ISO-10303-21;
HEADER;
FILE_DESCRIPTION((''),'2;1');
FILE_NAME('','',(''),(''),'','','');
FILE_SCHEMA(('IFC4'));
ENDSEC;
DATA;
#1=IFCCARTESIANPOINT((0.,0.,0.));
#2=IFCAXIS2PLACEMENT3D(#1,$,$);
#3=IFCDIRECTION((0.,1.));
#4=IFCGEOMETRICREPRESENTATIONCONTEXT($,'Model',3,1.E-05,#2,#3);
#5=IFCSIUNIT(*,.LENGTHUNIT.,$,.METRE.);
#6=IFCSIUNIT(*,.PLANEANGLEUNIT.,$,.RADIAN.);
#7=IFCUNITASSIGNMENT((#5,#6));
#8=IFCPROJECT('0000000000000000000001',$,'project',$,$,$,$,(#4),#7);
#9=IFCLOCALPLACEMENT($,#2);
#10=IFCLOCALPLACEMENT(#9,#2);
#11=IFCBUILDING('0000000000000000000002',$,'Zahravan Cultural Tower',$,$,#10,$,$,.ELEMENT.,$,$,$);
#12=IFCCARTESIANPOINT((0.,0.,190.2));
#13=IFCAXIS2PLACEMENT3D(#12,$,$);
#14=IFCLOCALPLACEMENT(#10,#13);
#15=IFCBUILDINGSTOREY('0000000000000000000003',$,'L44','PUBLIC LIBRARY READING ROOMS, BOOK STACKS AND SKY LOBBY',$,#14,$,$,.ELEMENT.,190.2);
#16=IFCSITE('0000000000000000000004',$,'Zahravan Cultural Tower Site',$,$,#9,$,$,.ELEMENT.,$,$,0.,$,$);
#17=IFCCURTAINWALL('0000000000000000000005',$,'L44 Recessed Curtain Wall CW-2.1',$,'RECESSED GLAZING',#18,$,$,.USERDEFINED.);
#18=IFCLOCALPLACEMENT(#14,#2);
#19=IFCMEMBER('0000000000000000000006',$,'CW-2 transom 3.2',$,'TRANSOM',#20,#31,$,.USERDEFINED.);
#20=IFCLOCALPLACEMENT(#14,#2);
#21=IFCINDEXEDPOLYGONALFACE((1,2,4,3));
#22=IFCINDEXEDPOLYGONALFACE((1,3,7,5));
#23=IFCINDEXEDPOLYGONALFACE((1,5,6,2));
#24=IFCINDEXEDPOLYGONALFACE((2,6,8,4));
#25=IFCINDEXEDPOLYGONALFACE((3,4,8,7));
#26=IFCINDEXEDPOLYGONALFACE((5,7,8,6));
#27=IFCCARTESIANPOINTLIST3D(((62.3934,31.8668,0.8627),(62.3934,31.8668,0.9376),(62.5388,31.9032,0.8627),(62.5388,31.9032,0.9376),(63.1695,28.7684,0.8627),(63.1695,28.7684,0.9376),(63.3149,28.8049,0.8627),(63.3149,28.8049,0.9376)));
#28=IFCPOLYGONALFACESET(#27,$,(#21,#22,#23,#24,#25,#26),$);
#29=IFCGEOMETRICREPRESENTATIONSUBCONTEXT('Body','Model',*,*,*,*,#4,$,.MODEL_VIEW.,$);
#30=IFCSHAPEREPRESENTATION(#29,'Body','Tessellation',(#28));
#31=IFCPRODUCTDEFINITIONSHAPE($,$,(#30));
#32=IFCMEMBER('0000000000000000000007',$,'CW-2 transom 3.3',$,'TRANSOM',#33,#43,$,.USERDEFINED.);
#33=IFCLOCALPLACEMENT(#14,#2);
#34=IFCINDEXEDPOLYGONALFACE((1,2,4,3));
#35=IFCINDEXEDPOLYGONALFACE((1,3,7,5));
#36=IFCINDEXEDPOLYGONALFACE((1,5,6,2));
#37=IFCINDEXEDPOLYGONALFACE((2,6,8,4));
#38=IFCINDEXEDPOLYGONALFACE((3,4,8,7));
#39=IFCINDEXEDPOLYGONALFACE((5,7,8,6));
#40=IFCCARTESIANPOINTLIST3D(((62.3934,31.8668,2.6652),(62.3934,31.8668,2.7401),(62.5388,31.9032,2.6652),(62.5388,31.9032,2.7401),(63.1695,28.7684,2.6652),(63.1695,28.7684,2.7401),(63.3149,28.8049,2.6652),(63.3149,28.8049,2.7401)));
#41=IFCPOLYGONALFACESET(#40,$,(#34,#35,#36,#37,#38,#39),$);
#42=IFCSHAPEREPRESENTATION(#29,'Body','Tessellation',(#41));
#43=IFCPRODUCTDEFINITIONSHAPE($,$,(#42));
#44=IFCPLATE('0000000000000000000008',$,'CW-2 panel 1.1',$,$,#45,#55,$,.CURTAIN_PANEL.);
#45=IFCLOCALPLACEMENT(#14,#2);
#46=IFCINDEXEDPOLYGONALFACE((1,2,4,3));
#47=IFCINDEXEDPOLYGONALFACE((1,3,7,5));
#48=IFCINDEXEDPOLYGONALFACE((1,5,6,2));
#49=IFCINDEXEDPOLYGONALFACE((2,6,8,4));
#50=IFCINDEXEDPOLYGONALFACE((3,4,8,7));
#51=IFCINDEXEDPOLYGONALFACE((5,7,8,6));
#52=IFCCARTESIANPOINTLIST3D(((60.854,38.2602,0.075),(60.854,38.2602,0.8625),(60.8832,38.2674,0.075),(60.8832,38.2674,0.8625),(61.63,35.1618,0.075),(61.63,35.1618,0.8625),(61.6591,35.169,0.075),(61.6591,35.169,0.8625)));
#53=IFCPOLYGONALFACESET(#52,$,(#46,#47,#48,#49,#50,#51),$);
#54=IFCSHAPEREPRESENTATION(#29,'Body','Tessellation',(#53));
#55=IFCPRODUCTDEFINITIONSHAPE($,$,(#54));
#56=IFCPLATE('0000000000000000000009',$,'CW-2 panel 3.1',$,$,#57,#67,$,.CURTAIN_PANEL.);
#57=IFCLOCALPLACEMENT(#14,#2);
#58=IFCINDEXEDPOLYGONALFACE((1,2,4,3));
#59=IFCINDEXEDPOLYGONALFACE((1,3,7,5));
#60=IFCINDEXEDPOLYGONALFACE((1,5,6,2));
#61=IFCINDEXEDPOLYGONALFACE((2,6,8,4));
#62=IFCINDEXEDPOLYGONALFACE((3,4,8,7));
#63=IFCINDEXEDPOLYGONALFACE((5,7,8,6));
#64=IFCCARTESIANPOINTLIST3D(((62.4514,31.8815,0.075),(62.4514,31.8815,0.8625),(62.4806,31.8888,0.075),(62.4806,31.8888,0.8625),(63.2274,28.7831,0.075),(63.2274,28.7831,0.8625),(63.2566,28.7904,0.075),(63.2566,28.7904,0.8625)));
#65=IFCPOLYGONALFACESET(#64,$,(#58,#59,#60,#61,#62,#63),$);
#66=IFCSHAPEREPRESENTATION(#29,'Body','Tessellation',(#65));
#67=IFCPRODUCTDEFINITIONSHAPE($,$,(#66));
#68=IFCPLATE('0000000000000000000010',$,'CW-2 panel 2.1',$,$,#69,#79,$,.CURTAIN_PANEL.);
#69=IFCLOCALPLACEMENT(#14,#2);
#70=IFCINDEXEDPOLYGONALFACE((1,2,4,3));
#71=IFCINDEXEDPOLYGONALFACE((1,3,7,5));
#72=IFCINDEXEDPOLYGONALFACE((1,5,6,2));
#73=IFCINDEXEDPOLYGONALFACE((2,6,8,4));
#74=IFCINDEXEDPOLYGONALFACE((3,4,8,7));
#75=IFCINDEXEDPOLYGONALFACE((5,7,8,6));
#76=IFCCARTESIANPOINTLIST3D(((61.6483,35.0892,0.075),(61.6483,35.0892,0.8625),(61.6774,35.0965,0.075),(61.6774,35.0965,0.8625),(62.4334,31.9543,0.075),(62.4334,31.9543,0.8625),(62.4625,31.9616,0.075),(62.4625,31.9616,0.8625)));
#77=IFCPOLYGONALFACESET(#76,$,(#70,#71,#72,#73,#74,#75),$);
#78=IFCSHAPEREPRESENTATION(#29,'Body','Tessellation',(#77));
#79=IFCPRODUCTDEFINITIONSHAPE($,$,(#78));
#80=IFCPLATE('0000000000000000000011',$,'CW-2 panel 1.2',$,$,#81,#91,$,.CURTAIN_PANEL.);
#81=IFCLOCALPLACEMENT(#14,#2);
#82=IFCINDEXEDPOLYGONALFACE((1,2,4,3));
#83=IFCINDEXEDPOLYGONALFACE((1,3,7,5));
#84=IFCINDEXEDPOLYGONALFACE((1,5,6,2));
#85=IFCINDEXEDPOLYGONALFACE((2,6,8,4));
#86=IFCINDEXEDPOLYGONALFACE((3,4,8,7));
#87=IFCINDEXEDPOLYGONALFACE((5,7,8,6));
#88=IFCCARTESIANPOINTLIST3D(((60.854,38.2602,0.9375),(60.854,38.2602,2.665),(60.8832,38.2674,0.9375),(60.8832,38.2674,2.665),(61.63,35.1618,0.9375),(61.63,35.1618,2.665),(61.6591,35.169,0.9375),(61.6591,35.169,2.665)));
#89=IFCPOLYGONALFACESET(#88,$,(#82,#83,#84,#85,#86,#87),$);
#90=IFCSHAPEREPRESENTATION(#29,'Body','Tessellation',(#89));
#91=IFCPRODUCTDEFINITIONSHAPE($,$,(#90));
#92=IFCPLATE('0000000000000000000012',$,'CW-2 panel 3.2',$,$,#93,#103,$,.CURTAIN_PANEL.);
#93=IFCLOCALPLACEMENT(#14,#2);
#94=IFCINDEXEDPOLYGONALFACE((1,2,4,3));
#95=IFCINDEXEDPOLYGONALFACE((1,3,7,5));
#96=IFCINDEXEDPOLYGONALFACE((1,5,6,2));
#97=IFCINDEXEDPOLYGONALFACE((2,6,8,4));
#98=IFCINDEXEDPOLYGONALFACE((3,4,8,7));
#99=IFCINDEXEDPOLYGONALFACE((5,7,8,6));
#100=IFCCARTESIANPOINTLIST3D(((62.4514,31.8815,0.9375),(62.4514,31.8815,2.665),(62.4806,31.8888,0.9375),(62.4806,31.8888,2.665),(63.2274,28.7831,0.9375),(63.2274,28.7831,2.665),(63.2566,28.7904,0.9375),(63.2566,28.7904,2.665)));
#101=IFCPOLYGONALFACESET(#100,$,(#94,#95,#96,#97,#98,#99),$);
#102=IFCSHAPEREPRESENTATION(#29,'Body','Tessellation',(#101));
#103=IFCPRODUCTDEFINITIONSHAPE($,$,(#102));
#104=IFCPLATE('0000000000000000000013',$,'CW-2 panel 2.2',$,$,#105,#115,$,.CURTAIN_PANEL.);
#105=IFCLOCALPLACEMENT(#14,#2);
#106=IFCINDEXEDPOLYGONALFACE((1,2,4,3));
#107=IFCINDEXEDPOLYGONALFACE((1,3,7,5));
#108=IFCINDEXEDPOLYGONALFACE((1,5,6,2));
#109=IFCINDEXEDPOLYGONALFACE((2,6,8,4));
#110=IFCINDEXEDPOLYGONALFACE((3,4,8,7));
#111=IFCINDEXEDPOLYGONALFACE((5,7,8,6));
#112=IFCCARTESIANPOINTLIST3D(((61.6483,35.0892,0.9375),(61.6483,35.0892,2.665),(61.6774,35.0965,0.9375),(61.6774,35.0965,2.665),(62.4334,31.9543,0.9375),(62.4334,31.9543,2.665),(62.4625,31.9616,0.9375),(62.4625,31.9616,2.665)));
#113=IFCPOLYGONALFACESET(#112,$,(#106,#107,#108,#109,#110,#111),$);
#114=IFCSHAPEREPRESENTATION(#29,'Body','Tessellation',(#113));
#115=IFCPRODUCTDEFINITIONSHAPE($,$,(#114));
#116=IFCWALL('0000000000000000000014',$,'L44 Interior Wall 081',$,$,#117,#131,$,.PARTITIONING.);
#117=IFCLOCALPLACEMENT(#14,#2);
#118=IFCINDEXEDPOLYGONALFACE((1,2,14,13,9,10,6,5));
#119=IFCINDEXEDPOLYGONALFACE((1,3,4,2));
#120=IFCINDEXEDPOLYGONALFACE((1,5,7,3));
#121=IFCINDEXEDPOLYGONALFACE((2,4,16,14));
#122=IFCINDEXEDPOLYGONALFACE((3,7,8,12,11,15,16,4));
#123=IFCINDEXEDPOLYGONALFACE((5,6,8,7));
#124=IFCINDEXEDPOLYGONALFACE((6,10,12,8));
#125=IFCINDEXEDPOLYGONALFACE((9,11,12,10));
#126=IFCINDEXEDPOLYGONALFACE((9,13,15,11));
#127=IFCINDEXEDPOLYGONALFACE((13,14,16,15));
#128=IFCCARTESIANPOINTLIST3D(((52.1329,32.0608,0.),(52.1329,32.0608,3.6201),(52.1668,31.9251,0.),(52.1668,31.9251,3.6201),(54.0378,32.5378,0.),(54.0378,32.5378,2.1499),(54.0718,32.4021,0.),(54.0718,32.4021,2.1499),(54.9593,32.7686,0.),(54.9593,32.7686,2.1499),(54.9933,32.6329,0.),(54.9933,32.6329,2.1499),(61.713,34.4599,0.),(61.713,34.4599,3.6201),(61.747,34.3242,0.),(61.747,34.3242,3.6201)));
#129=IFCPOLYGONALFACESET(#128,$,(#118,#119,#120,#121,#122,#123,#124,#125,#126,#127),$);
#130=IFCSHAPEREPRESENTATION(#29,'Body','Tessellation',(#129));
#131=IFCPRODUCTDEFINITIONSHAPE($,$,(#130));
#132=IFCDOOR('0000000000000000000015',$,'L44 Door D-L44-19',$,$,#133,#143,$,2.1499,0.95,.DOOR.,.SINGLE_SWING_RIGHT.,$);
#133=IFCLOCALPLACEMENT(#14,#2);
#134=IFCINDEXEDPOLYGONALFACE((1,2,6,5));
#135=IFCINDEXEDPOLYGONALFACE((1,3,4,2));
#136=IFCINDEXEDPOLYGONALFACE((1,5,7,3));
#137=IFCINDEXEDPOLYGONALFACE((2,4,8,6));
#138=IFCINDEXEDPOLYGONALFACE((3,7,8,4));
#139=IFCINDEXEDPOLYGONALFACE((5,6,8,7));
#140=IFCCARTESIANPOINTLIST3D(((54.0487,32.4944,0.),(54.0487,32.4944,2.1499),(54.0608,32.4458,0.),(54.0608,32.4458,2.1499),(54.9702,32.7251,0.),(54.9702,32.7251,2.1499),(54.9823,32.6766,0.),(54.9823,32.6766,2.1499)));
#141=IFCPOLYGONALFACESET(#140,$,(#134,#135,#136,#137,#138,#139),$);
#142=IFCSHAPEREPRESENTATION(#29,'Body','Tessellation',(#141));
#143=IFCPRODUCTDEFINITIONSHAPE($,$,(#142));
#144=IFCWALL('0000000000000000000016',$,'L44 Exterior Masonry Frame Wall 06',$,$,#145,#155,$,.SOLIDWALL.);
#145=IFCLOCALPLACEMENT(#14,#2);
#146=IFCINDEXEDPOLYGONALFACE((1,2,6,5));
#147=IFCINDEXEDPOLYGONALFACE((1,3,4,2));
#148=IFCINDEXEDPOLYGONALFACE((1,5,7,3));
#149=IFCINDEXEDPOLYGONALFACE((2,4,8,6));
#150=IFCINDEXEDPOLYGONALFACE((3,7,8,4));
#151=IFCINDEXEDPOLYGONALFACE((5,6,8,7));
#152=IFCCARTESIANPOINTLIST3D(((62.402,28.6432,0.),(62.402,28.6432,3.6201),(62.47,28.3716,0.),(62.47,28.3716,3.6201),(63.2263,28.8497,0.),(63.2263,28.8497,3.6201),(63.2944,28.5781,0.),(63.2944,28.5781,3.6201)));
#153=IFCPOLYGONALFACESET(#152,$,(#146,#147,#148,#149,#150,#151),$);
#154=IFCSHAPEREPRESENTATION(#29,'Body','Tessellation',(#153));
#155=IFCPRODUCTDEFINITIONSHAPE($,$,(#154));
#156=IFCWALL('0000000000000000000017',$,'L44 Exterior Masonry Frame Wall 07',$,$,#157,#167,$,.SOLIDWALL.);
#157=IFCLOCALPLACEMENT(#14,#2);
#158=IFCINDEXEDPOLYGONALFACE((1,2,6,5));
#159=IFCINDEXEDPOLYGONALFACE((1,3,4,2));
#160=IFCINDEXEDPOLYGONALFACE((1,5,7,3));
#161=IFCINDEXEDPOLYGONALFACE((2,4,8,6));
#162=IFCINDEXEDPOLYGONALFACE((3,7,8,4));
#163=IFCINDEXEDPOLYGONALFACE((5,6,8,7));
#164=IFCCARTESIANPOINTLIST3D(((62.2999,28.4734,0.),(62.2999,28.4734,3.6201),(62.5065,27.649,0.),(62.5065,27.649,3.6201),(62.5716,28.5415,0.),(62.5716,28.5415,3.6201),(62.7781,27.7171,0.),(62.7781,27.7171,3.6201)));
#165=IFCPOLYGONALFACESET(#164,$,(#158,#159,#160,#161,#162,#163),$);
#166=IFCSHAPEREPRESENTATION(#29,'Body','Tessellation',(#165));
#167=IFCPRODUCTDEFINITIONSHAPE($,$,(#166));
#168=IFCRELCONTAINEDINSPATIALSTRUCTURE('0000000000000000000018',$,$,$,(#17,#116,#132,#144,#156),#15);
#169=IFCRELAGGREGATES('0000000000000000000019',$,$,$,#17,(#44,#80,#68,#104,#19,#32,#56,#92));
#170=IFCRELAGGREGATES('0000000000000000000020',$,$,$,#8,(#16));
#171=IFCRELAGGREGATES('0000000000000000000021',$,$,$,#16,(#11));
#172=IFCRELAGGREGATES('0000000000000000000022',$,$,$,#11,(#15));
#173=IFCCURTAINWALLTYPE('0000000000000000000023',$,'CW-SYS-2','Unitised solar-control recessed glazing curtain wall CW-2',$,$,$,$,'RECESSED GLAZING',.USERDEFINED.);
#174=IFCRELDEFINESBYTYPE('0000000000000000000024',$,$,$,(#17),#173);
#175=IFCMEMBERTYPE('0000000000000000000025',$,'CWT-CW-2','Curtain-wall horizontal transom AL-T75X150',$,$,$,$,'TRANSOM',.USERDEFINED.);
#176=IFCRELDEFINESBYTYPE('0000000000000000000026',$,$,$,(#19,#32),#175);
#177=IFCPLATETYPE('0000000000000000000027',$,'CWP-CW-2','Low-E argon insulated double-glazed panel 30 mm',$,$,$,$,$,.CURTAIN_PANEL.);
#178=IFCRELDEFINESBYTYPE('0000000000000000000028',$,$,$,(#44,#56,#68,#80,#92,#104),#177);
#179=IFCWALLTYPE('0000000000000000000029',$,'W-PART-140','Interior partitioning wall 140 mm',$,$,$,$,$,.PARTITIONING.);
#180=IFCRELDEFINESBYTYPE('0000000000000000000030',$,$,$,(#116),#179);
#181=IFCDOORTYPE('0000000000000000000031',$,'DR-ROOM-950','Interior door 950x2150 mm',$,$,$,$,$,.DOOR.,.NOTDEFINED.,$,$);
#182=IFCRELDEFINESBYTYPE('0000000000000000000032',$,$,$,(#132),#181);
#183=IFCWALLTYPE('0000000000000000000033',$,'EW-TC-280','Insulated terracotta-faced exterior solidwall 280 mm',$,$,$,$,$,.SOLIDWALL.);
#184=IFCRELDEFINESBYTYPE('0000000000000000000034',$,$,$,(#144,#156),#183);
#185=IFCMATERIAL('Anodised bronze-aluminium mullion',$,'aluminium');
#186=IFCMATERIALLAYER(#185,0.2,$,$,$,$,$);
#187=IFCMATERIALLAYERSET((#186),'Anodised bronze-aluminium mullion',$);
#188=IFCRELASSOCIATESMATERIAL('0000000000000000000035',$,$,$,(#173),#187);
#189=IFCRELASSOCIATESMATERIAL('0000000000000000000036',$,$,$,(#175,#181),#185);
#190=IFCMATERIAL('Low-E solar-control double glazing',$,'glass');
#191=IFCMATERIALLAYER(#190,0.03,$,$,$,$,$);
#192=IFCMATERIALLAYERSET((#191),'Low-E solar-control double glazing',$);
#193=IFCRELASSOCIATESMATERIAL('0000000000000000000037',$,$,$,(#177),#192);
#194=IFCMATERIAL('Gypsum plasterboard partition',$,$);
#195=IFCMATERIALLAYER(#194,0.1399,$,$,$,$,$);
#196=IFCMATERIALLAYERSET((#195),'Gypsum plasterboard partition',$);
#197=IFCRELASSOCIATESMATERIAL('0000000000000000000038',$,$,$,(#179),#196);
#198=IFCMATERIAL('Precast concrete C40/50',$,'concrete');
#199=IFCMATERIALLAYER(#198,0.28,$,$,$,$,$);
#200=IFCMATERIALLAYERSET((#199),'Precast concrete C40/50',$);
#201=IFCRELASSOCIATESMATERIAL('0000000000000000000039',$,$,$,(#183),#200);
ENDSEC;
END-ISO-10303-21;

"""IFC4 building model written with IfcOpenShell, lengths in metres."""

from ifc_helpers import new_model, si_unit, direction, frame, frame_2d, origin, origin_2d, place, context, subcontext, project, spatial, rectangle, extrude, source, transform, mapped, material, layer, layer_set, material_profile, profile_set, type_object, element, fill, aggregate, save


model = new_model("IFC4")

# Units and contexts
model_context = context("Model", 3, precision=1e-05, world=origin(), true_north=direction((0.0, 1.0)))
body_context = subcontext(model_context, "Body", "Model", "MODEL_VIEW")
ifc_project = project(units=[si_unit("LENGTHUNIT", "METRE"), si_unit("PLANEANGLEUNIT", "RADIAN")], contexts=[model_context])

# Site, building, storey
site_placement = place(None, origin())
site = spatial("IfcSite", under=ifc_project, at=site_placement, Name="Zahravan Cultural Tower Site", CompositionType="ELEMENT", RefElevation=0.0)
building_placement = place(site_placement, origin())
building = spatial("IfcBuilding", under=site, at=building_placement, Name="Zahravan Cultural Tower", CompositionType="ELEMENT")
storey_placement = place(building_placement, frame((0.0, 0.0, 190.2)))
storey = spatial("IfcBuildingStorey", under=building, at=storey_placement, Name="L44", Description="PUBLIC LIBRARY READING ROOMS, BOOK STACKS AND SKY LOBBY", CompositionType="ELEMENT", Elevation=190.2)

# Curtain wall, members, plates
ifc_material_1 = material(Name="Anodised bronze-aluminium mullion", Category="aluminium")
ifc_layer_1 = layer(ifc_material_1, 0.2)
ifc_layer_set_1 = layer_set([ifc_layer_1], Name="Anodised bronze-aluminium mullion")
curtain_wall_type = type_object("IfcCurtainWallType", Name="CW-SYS-2", Description="Unitised solar-control recessed glazing curtain wall CW-2", ElementType="RECESSED GLAZING", PredefinedType="USERDEFINED", material=ifc_layer_set_1)
curtain_wall_placement = place(storey_placement, origin())
curtain_wall = element("IfcCurtainWall", 1, at=curtain_wall_placement, inside=storey, type_object=curtain_wall_type, Name="L44 Recessed Curtain Wall CW-2.1", ObjectType="RECESSED GLAZING", PredefinedType="USERDEFINED")
ifc_material_profile_1 = material_profile(ifc_material_1, rectangle(XDim=0.1499, YDim=0.075, at=origin_2d()), Name="AL-T75X150")
ifc_profile_set_1 = profile_set([ifc_material_profile_1], Name="Anodised bronze-aluminium mullion")
member_type_1 = type_object("IfcMemberType", Name="CWT-CW-2", Description="Curtain-wall horizontal transom AL-T75X150", ElementType="TRANSOM", PredefinedType="USERDEFINED", material=ifc_profile_set_1)
shared_shape_1 = source(origin(), body_context, "Body", "SweptSolid", [
    extrude(rectangle(XDim=0.1499, YDim=0.075, at=origin_2d()), origin(), (0.0, 0.0, 1.0), 3.1941),
])
member_1_placement = place(storey_placement, frame((62.4661, 31.885, 0.9001), z_axis=(0.242985, -0.97003, 0.0), x_axis=(0.97003, 0.242985, 0.0)))
member_1 = element("IfcMember", 2, at=member_1_placement, type_object=member_type_1, Name="CW-2 transom 3.2", ObjectType="TRANSOM", PredefinedType="USERDEFINED", context=body_context, shape_type="MappedRepresentation", body=[
    mapped(shared_shape_1, transform((0.0, 0.0, 0.0), x_axis=(1.0, 0.0, 0.0), y_axis=(0.0, 1.0, 0.0), z_axis=(0.0, 0.0, 1.0), scale=1.0)),
])
member_2_placement = place(storey_placement, frame((62.4661, 31.885, 2.7026), z_axis=(0.242985, -0.97003, 0.0), x_axis=(0.97003, 0.242985, 0.0)))
member_2 = element("IfcMember", 3, at=member_2_placement, type_object=member_type_1, Name="CW-2 transom 3.3", ObjectType="TRANSOM", PredefinedType="USERDEFINED", context=body_context, shape_type="MappedRepresentation", body=[
    mapped(shared_shape_1, transform((0.0, 0.0, 0.0), x_axis=(1.0, 0.0, 0.0), y_axis=(0.0, 1.0, 0.0), z_axis=(0.0, 0.0, 1.0), scale=1.0)),
])
ifc_material_2 = material(Name="Low-E solar-control double glazing", Category="glass")
ifc_layer_2 = layer(ifc_material_2, 0.03)
ifc_layer_set_2 = layer_set([ifc_layer_2], Name="Low-E solar-control double glazing")
plate_type = type_object("IfcPlateType", Name="CWP-CW-2", Description="Low-E argon insulated double-glazed panel 30 mm", PredefinedType="CURTAIN_PANEL", material=ifc_layer_set_2)
shared_shape_2 = source(origin(), body_context, "Body", "SweptSolid", [
    extrude(rectangle(XDim=3.1941, YDim=0.03, at=origin_2d()), origin(), (0.0, 0.0, 1.0), 0.7876),
])
plate_1_placement = place(storey_placement, frame((61.2566, 36.7146, 0.075), z_axis=(0.0, 0.0, 1.0), x_axis=(0.242944, -0.97004, 0.0)))
plate_1 = element("IfcPlate", 4, at=plate_1_placement, type_object=plate_type, Name="CW-2 panel 1.1", PredefinedType="CURTAIN_PANEL", context=body_context, shape_type="MappedRepresentation", body=[
    mapped(shared_shape_2, transform((0.0, 0.0, 0.0), x_axis=(1.0, 0.0, 0.0), y_axis=(0.0, 1.0, 0.0), z_axis=(0.0, 0.0, 1.0), scale=1.0)),
])
plate_2_placement = place(storey_placement, frame((62.854, 30.3359, 0.075), z_axis=(0.0, 0.0, 1.0), x_axis=(0.242944, -0.97004, 0.0)))
plate_2 = element("IfcPlate", 5, at=plate_2_placement, type_object=plate_type, Name="CW-2 panel 3.1", PredefinedType="CURTAIN_PANEL", context=body_context, shape_type="MappedRepresentation", body=[
    mapped(shared_shape_2, transform((0.0, 0.0, 0.0), x_axis=(1.0, 0.0, 0.0), y_axis=(0.0, 1.0, 0.0), z_axis=(0.0, 0.0, 1.0), scale=1.0)),
])
shared_shape_3 = source(origin(), body_context, "Body", "SweptSolid", [
    extrude(rectangle(XDim=3.2317, YDim=0.03, at=origin_2d()), origin(), (0.0, 0.0, 1.0), 0.7876),
])
plate_3_placement = place(storey_placement, frame((62.0554, 33.5254, 0.075), z_axis=(0.0, 0.0, 1.0), x_axis=(0.242944, -0.97004, 0.0)))
plate_3 = element("IfcPlate", 6, at=plate_3_placement, type_object=plate_type, Name="CW-2 panel 2.1", PredefinedType="CURTAIN_PANEL", context=body_context, shape_type="MappedRepresentation", body=[
    mapped(shared_shape_3, transform((0.0, 0.0, 0.0), x_axis=(1.0, 0.0, 0.0), y_axis=(0.0, 1.0, 0.0), z_axis=(0.0, 0.0, 1.0), scale=1.0)),
])
shared_shape_4 = source(origin(), body_context, "Body", "SweptSolid", [
    extrude(rectangle(XDim=3.1941, YDim=0.03, at=origin_2d()), origin(), (0.0, 0.0, 1.0), 1.7275),
])
plate_4_placement = place(storey_placement, frame((61.2566, 36.7146, 0.9375), z_axis=(0.0, 0.0, 1.0), x_axis=(0.242944, -0.97004, 0.0)))
plate_4 = element("IfcPlate", 7, at=plate_4_placement, type_object=plate_type, Name="CW-2 panel 1.2", PredefinedType="CURTAIN_PANEL", context=body_context, shape_type="MappedRepresentation", body=[
    mapped(shared_shape_4, transform((0.0, 0.0, 0.0), x_axis=(1.0, 0.0, 0.0), y_axis=(0.0, 1.0, 0.0), z_axis=(0.0, 0.0, 1.0), scale=1.0)),
])
plate_5_placement = place(storey_placement, frame((62.854, 30.3359, 0.9375), z_axis=(0.0, 0.0, 1.0), x_axis=(0.242944, -0.97004, 0.0)))
plate_5 = element("IfcPlate", 8, at=plate_5_placement, type_object=plate_type, Name="CW-2 panel 3.2", PredefinedType="CURTAIN_PANEL", context=body_context, shape_type="MappedRepresentation", body=[
    mapped(shared_shape_4, transform((0.0, 0.0, 0.0), x_axis=(1.0, 0.0, 0.0), y_axis=(0.0, 1.0, 0.0), z_axis=(0.0, 0.0, 1.0), scale=1.0)),
])
shared_shape_5 = source(origin(), body_context, "Body", "SweptSolid", [
    extrude(rectangle(XDim=3.2317, YDim=0.03, at=origin_2d()), origin(), (0.0, 0.0, 1.0), 1.7275),
])
plate_6_placement = place(storey_placement, frame((62.0554, 33.5254, 0.9375), z_axis=(0.0, 0.0, 1.0), x_axis=(0.242944, -0.97004, 0.0)))
plate_6 = element("IfcPlate", 9, at=plate_6_placement, type_object=plate_type, Name="CW-2 panel 2.2", PredefinedType="CURTAIN_PANEL", context=body_context, shape_type="MappedRepresentation", body=[
    mapped(shared_shape_5, transform((0.0, 0.0, 0.0), x_axis=(1.0, 0.0, 0.0), y_axis=(0.0, 1.0, 0.0), z_axis=(0.0, 0.0, 1.0), scale=1.0)),
])
aggregate(curtain_wall, [plate_1, plate_4, plate_3, plate_6, member_1, member_2, plate_2, plate_5])

# Wall, opening, door
ifc_material_3 = material(Name="Gypsum plasterboard partition")
ifc_layer_3 = layer(ifc_material_3, 0.1399)
ifc_layer_set_3 = layer_set([ifc_layer_3], Name="Gypsum plasterboard partition")
wall_type_1 = type_object("IfcWallType", Name="W-PART-140", Description="Interior partitioning wall 140 mm", PredefinedType="PARTITIONING", material=ifc_layer_set_3)
wall_placement = place(storey_placement, frame((61.73, 34.3921, 0.0), z_axis=(0.0, 0.0, 1.0), x_axis=(-0.970044, -0.242931, 0.0)))
wall = element("IfcWall", 10, at=wall_placement, inside=storey, type_object=wall_type_1, Name="L44 Interior Wall 081", PredefinedType="PARTITIONING", context=body_context, shape_type="SweptSolid", body=[
    extrude(rectangle(XDim=9.876, YDim=0.1399, at=frame_2d((4.938, 0.0))), origin(), (0.0, 0.0, 1.0), 3.6201),
])
opening_placement = place(wall_placement, frame((6.9622, 0.0, 0.0)))
opening = element("IfcOpeningElement", 11, at=opening_placement, cuts=wall, PredefinedType="OPENING", context=body_context, shape_type="SweptSolid", body=[
    extrude(rectangle(XDim=0.95, YDim=2.1499, at=frame_2d((0.4751, 1.075))), frame((0.0, 0.0798, 0.0), z_axis=(0.0, -1.0, 0.0), x_axis=(1.0, 0.0, 0.0)), (0.0, 0.0, 1.0), 0.1599),
])
door_type = type_object("IfcDoorType", Name="DR-ROOM-950", Description="Interior door 950x2150 mm", OperationType="NOTDEFINED", PredefinedType="DOOR", material=ifc_material_1)
shared_shape_6 = source(origin(), body_context, "Body", "SweptSolid", [
    extrude(rectangle(XDim=0.95, YDim=2.1499, at=frame_2d((0.4751, 1.075))), frame((0.0, 0.0249, 0.0), z_axis=(0.0, -1.0, 0.0), x_axis=(1.0, 0.0, 0.0)), (0.0, 0.0, 1.0), 0.05),
])
door_placement = place(opening_placement, origin())
door = element("IfcDoor", 12, at=door_placement, inside=storey, type_object=door_type, Name="L44 Door D-L44-19", OperationType="SINGLE_SWING_RIGHT", OverallHeight=2.1499, OverallWidth=0.95, PredefinedType="DOOR", context=body_context, shape_type="MappedRepresentation", body=[
    mapped(shared_shape_6, transform((0.0, 0.0, 0.0), x_axis=(1.0, 0.0, 0.0), y_axis=(0.0, 1.0, 0.0), z_axis=(0.0, 0.0, 1.0), scale=1.0)),
])
fill(opening, door)

# Walls
ifc_material_4 = material(Name="Precast concrete C40/50", Category="concrete")
ifc_layer_4 = layer(ifc_material_4, 0.28)
ifc_layer_set_4 = layer_set([ifc_layer_4], Name="Precast concrete C40/50")
wall_type_2 = type_object("IfcWallType", Name="EW-TC-280", Description="Insulated terracotta-faced exterior solidwall 280 mm", PredefinedType="SOLIDWALL", material=ifc_layer_set_4)
shared_shape_7 = source(origin(), body_context, "Body", "SweptSolid", [
    extrude(rectangle(XDim=0.8499, YDim=0.28, at=frame_2d((0.4248, 0.0))), origin(), (0.0, 0.0, 1.0), 3.6201),
])
for number, where, z_axis, x_axis, name in (
    (13, (63.2603, 28.7139, 0.0), (0.0, 0.0, 1.0), (-0.970024, -0.243009, 0.0), "L44 Exterior Masonry Frame Wall 06"),
    (14, (62.4358, 28.5073, 0.0), (0.0, 0.0, 1.0), (0.243009, -0.970024, 0.0), "L44 Exterior Masonry Frame Wall 07"),
):
    element("IfcWall", number, at=place(storey_placement, frame(where, z_axis=z_axis, x_axis=x_axis)), inside=storey, type_object=wall_type_2, Name=name, PredefinedType="SOLIDWALL", context=body_context, shape_type="MappedRepresentation", body=[
        mapped(shared_shape_7, transform((0.0, 0.0, 0.0), x_axis=(1.0, 0.0, 0.0), y_axis=(0.0, 1.0, 0.0), z_axis=(0.0, 0.0, 1.0), scale=1.0)),
    ])

save(model, "model.ifc")
